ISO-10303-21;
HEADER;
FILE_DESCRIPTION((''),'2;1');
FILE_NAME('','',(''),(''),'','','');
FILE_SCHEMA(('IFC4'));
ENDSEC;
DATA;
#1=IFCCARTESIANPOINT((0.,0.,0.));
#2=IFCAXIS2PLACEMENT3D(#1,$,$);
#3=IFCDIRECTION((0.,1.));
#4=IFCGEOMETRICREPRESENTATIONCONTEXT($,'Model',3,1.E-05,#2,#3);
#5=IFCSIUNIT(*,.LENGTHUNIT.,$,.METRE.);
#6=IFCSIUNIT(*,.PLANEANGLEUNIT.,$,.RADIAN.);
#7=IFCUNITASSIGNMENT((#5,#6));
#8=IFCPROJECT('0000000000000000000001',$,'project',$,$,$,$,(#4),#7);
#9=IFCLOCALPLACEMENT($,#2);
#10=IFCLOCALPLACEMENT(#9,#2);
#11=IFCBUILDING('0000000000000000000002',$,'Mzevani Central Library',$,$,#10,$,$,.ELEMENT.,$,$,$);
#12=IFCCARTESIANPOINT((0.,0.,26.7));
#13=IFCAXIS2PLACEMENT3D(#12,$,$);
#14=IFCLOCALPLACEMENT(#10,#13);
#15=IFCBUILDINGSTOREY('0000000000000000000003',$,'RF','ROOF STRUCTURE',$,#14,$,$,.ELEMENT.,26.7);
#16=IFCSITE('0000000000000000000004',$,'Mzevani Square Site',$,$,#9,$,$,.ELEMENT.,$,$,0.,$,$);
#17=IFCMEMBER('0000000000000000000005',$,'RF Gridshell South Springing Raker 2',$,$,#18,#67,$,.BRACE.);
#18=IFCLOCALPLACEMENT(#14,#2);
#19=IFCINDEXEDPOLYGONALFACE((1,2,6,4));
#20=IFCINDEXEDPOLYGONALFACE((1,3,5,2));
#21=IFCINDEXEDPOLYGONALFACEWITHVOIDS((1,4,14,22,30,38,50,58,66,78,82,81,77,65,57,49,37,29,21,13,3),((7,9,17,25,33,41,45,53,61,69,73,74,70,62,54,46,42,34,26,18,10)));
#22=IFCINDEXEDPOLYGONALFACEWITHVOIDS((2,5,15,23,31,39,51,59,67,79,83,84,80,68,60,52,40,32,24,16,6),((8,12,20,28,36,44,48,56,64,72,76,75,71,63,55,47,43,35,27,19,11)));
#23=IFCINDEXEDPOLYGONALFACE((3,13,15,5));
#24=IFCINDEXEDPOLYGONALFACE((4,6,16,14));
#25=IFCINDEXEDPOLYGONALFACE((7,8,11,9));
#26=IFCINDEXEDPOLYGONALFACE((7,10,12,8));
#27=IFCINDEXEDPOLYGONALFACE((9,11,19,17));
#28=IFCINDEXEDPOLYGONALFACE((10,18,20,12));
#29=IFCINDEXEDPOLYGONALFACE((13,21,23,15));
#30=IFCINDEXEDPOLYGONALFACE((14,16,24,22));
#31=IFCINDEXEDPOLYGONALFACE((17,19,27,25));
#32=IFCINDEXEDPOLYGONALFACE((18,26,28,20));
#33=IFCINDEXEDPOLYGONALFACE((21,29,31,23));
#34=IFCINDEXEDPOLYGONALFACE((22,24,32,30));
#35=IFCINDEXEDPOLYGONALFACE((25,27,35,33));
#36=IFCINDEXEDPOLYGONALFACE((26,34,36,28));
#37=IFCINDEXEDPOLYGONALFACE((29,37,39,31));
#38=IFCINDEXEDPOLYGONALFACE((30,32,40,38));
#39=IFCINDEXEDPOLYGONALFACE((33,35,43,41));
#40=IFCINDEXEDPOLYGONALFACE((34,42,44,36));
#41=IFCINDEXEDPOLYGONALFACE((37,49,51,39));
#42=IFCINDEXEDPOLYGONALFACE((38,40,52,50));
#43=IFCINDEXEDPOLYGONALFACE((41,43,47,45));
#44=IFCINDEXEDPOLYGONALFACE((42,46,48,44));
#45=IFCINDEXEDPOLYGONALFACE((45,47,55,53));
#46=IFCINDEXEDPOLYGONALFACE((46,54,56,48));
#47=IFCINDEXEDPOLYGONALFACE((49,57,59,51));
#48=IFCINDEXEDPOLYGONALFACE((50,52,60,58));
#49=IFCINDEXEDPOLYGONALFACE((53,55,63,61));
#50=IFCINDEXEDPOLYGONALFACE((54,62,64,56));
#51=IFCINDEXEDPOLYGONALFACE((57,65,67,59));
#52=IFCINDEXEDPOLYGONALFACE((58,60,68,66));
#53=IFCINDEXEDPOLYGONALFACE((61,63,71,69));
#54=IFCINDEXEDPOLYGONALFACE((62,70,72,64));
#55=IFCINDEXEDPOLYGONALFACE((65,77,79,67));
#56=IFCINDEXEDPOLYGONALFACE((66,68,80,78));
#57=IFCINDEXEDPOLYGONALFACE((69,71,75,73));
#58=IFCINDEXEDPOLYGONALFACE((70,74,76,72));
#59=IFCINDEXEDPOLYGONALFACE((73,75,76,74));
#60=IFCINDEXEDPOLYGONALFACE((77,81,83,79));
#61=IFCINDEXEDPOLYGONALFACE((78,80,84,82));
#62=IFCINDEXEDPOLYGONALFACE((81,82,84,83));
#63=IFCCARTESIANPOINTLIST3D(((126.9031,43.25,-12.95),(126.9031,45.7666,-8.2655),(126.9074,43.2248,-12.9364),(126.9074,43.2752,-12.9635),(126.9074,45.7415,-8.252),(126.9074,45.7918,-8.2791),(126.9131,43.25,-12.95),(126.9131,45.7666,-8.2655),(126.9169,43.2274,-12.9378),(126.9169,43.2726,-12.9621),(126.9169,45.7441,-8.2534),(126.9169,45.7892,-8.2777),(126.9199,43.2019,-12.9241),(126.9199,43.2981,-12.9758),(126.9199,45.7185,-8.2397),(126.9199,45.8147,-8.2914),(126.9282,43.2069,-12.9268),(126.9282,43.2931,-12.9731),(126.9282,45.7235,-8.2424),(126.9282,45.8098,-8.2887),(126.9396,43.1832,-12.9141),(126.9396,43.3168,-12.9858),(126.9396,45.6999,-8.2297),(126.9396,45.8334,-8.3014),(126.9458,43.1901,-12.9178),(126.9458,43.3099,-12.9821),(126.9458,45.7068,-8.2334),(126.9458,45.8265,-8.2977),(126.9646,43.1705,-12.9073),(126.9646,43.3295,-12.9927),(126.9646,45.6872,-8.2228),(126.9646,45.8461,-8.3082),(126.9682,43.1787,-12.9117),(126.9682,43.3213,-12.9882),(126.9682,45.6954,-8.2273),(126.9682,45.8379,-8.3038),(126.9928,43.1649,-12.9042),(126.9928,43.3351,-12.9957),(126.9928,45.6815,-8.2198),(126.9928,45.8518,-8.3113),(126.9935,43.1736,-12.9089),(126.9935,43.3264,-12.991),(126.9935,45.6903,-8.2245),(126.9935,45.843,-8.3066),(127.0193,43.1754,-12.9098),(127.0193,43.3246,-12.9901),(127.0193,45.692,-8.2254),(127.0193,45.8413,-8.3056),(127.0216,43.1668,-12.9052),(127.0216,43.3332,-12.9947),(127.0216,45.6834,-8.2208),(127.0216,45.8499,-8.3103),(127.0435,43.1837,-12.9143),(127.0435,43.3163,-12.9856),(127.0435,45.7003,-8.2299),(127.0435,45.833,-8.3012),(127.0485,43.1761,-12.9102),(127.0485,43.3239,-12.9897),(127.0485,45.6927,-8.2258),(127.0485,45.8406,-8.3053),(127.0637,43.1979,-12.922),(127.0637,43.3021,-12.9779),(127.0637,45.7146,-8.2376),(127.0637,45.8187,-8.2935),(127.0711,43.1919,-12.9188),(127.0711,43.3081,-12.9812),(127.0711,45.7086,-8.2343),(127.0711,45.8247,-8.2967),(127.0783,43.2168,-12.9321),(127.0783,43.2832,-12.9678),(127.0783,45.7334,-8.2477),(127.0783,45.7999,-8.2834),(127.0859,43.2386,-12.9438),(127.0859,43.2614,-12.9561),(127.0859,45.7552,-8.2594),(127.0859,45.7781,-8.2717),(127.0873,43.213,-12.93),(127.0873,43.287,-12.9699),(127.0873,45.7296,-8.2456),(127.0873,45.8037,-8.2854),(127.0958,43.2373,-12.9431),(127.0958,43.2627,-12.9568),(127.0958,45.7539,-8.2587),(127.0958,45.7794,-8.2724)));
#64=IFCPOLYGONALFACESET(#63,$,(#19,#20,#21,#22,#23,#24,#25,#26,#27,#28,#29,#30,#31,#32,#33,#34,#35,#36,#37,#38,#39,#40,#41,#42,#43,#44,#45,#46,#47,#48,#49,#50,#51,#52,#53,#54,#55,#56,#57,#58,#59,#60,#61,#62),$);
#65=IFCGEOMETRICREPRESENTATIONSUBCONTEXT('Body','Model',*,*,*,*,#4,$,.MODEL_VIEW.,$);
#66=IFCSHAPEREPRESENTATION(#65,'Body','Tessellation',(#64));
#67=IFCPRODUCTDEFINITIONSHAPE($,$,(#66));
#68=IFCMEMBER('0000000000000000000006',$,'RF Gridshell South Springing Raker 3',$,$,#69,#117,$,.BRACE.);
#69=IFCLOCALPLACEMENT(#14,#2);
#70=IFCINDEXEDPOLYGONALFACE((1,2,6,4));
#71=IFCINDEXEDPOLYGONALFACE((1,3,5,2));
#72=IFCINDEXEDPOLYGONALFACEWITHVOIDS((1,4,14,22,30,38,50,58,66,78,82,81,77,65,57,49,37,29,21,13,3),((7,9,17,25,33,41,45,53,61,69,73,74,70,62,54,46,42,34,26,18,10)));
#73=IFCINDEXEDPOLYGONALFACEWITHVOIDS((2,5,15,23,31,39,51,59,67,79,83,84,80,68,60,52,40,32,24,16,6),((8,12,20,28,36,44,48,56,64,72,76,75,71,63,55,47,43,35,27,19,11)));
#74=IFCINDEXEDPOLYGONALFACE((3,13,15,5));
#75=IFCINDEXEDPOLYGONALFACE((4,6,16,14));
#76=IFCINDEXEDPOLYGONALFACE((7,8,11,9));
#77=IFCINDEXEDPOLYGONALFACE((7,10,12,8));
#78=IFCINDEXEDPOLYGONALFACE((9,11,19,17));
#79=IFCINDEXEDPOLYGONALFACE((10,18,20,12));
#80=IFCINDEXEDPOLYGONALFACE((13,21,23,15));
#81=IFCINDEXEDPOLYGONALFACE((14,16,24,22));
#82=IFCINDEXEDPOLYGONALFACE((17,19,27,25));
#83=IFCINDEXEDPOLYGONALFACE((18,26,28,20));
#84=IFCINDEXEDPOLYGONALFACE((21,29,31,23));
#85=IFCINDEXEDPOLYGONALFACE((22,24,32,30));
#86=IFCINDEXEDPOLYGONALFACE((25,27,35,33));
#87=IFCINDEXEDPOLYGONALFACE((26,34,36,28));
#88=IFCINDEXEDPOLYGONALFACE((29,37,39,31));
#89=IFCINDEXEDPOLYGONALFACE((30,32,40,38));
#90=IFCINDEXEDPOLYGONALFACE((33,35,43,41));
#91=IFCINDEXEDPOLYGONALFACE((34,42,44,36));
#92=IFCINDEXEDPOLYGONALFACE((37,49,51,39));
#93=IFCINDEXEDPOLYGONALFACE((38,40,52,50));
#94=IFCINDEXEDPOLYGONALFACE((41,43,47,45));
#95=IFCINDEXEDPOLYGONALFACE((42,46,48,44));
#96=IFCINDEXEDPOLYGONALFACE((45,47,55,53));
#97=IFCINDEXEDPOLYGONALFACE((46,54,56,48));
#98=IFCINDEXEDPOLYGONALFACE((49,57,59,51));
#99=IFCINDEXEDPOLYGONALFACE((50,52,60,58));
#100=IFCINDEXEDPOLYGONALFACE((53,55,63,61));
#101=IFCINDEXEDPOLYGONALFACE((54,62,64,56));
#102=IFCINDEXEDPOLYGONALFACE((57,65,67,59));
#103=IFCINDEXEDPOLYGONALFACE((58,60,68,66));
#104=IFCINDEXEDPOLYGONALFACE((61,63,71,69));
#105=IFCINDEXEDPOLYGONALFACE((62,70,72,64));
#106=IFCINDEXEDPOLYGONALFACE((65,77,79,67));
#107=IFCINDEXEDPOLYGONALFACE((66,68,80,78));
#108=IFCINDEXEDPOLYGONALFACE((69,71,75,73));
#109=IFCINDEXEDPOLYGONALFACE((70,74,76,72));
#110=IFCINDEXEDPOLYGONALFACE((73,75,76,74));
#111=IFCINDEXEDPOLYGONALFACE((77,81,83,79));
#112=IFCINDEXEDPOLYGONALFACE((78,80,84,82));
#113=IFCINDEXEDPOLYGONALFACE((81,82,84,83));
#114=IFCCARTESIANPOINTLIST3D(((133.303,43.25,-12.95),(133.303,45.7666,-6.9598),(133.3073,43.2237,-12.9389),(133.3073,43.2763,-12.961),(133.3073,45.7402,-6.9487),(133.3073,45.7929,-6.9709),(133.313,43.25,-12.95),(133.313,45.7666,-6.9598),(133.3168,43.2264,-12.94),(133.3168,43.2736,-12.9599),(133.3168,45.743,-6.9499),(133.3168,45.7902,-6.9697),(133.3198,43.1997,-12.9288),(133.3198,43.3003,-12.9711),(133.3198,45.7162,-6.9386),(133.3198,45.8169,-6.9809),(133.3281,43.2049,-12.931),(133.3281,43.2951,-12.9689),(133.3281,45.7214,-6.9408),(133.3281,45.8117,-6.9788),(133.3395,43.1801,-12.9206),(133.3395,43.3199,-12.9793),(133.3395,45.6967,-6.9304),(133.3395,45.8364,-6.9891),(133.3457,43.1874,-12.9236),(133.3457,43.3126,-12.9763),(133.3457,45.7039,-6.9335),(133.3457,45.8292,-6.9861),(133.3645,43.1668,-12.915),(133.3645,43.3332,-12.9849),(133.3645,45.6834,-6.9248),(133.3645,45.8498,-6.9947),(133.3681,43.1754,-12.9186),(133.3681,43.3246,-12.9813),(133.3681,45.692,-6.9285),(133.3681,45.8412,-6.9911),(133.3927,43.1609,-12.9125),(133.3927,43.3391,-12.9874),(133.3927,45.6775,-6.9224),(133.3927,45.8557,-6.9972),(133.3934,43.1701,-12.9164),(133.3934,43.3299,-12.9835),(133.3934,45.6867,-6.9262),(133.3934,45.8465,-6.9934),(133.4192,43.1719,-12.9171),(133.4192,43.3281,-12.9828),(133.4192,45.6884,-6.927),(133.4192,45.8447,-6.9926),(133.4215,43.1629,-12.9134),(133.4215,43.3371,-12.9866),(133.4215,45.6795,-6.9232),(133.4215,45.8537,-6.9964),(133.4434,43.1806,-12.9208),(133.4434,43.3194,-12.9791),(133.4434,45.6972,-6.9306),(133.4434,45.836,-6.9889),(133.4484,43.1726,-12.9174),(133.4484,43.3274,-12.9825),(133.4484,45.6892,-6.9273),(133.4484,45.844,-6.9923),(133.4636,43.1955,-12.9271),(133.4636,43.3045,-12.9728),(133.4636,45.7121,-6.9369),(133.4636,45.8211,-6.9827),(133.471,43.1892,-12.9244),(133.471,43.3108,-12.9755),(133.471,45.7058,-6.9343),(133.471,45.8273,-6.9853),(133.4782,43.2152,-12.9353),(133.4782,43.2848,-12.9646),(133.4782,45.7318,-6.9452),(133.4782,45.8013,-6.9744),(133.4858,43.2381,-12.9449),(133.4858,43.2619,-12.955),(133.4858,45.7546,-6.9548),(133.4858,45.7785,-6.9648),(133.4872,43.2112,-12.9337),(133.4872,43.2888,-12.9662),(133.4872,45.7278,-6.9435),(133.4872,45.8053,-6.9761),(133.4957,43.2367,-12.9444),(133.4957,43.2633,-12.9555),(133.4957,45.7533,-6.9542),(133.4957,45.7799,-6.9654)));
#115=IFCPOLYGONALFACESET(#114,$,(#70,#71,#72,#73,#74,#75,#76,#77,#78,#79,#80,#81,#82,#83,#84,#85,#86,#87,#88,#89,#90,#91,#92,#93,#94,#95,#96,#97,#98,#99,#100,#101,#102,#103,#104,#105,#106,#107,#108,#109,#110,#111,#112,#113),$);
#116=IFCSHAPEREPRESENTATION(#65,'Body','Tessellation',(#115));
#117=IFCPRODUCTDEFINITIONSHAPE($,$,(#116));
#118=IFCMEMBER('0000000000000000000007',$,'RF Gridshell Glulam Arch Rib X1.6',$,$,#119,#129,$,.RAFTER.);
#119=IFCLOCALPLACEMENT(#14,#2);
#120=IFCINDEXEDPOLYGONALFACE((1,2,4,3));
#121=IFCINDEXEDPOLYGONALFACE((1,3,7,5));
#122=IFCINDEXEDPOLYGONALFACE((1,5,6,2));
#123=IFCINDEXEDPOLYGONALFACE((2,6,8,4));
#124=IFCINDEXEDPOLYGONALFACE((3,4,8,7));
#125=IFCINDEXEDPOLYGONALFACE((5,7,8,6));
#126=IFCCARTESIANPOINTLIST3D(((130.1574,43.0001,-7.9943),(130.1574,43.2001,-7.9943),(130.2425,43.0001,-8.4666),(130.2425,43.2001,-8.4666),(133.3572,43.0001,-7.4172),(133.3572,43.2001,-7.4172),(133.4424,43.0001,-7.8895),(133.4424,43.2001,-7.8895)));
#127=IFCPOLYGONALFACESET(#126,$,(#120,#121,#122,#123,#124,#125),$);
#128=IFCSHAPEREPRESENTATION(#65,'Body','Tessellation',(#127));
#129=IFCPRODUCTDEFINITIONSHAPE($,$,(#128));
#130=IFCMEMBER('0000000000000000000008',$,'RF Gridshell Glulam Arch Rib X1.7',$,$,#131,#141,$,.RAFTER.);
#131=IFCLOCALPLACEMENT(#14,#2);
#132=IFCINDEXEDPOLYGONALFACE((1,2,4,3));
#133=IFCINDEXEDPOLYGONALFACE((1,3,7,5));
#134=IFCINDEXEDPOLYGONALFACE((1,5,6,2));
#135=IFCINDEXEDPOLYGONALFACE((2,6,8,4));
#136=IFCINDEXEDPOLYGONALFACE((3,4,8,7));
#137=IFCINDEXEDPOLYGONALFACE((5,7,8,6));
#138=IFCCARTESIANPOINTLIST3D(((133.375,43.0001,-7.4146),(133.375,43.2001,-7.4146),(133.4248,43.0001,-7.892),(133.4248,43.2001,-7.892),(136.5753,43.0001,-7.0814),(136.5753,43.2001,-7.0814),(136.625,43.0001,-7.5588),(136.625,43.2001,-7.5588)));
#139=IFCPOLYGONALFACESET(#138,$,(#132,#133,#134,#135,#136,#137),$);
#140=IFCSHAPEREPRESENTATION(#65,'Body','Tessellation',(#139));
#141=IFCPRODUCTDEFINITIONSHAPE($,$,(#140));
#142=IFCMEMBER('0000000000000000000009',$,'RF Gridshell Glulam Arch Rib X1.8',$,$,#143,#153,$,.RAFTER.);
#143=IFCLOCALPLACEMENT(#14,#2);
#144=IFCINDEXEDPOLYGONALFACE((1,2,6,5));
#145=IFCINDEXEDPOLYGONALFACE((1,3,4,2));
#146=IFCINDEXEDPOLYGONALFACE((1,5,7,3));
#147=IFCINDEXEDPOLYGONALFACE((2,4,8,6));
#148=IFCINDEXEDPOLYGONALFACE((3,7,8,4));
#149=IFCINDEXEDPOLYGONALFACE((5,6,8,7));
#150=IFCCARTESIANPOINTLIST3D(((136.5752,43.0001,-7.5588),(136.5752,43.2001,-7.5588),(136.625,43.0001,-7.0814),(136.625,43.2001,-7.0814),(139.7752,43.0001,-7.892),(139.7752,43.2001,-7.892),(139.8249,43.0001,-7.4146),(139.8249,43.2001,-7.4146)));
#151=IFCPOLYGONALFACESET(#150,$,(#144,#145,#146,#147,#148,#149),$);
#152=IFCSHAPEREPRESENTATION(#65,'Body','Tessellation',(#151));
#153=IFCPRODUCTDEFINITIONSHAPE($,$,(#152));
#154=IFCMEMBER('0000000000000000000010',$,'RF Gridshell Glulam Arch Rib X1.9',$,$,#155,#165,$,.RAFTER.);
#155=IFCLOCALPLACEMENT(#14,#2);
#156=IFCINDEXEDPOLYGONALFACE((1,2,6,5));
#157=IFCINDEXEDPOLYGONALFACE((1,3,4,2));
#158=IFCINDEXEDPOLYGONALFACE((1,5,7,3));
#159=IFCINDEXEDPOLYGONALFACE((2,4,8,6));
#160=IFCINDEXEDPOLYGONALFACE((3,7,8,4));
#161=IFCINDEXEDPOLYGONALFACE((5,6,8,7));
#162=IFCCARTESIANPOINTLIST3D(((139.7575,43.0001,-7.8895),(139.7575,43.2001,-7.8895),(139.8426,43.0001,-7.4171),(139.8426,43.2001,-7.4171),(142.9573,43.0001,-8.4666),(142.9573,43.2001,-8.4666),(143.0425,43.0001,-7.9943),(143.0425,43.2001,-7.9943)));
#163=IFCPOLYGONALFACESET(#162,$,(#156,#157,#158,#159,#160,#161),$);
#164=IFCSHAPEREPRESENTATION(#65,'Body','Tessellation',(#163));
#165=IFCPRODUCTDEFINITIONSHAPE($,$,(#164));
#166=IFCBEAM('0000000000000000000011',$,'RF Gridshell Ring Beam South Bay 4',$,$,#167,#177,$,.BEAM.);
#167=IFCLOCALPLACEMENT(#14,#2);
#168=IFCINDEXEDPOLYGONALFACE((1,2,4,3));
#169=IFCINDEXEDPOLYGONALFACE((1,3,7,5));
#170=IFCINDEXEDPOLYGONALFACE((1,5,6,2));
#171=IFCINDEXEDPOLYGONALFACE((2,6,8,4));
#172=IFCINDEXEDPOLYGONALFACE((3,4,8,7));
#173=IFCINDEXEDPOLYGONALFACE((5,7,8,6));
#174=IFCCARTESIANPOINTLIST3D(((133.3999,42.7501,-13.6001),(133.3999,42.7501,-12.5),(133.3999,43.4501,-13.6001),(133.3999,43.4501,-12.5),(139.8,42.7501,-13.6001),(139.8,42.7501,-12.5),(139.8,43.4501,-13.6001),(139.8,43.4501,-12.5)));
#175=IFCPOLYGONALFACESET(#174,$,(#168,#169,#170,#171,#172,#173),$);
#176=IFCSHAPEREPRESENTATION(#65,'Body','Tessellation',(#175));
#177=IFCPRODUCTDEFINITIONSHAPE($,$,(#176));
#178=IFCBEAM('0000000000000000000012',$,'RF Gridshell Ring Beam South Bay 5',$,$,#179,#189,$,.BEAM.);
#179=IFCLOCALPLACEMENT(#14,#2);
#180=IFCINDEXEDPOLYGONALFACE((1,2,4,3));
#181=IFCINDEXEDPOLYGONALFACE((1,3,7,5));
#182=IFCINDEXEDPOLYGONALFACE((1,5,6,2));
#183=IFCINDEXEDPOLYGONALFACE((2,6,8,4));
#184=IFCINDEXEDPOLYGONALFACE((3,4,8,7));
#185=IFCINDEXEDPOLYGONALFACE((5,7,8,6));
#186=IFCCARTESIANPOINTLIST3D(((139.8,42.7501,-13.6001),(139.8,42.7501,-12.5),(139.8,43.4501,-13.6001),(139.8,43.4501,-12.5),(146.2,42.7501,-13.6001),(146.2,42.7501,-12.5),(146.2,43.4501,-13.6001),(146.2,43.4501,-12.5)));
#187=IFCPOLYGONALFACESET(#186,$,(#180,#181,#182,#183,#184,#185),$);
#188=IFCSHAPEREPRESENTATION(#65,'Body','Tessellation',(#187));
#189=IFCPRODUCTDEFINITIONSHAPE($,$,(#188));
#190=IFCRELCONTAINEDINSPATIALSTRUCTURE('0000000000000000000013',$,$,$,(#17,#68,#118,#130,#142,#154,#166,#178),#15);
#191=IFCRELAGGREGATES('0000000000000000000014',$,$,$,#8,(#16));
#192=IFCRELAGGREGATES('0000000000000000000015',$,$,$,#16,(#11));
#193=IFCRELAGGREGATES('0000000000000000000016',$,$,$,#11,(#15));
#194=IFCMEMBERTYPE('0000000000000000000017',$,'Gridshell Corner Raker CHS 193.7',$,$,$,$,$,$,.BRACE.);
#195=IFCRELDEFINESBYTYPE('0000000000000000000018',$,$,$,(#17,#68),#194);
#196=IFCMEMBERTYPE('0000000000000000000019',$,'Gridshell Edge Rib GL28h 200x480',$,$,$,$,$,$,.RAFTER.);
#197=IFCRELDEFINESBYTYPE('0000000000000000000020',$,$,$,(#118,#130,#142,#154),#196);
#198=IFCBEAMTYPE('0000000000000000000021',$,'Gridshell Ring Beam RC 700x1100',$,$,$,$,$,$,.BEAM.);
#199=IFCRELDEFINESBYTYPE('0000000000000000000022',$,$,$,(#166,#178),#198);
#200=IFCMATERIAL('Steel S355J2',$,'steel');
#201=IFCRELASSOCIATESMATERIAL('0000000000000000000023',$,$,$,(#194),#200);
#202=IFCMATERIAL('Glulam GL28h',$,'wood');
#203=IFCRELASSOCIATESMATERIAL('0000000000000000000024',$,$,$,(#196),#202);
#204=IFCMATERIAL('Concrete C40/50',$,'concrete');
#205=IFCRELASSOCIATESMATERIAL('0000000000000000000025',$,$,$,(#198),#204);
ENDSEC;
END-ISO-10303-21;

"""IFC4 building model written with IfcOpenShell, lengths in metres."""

from ifc_helpers import new_model, si_unit, direction, frame, origin, origin_2d, place, context, subcontext, project, spatial, rectangle, hollow_circle, extrude, material, material_profile, profile_set, type_object, element, save


model = new_model("IFC4")

# Units and contexts
model_context = context("Model", 3, precision=1e-05, world=origin(), true_north=direction((0.0, 1.0)))
body_context = subcontext(model_context, "Body", "Model", "MODEL_VIEW")
ifc_project = project(units=[si_unit("LENGTHUNIT", "METRE"), si_unit("PLANEANGLEUNIT", "RADIAN")], contexts=[model_context])

# Site, building, storey
site_placement = place(None, origin())
site = spatial("IfcSite", under=ifc_project, at=site_placement, Name="Mzevani Square Site", CompositionType="ELEMENT", RefElevation=0.0)
building_placement = place(site_placement, origin())
building = spatial("IfcBuilding", under=site, at=building_placement, Name="Mzevani Central Library", CompositionType="ELEMENT")
storey_placement = place(building_placement, frame((0.0, 0.0, 26.7)))
storey = spatial("IfcBuildingStorey", under=building, at=storey_placement, Name="RF", Description="ROOF STRUCTURE", CompositionType="ELEMENT", Elevation=26.7)

# Members
ifc_material_1 = material(Name="Steel S355J2", Category="steel")
ifc_material_profile_1 = material_profile(ifc_material_1, hollow_circle(Radius=0.0969, WallThickness=0.01, at=origin_2d()), Name="CHS 193.7x10.0")
ifc_profile_set_1 = profile_set([ifc_material_profile_1], Name="Steel S355J2")
member_type_1 = type_object("IfcMemberType", Name="Gridshell Corner Raker CHS 193.7", PredefinedType="BRACE", material=ifc_profile_set_1)
member_1_placement = place(storey_placement, frame((127.0, 43.25, -12.95), z_axis=(0.0, 0.473265, 0.88092), x_axis=(-1.0, 0.0, 0.0)))
element("IfcMember", 1, at=member_1_placement, inside=storey, type_object=member_type_1, Name="RF Gridshell South Springing Raker 2", PredefinedType="BRACE", context=body_context, shape_type="SweptSolid", body=[
    extrude(hollow_circle(Radius=0.0969, WallThickness=0.01, at=origin_2d()), origin(), (0.0, 0.0, 1.0), 5.3176),
])
member_2_placement = place(storey_placement, frame((133.3999, 43.25, -12.95), z_axis=(0.0, 0.387324, 0.921943), x_axis=(-1.0, 0.0, 0.0)))
element("IfcMember", 2, at=member_2_placement, inside=storey, type_object=member_type_1, Name="RF Gridshell South Springing Raker 3", PredefinedType="BRACE", context=body_context, shape_type="SweptSolid", body=[
    extrude(hollow_circle(Radius=0.0969, WallThickness=0.01, at=origin_2d()), origin(), (0.0, 0.0, 1.0), 6.4973),
])
ifc_material_2 = material(Name="Glulam GL28h", Category="wood")
ifc_material_profile_2 = material_profile(ifc_material_2, rectangle(XDim=0.2, YDim=0.48, at=origin_2d()), Name="GL28h 200x480")
ifc_profile_set_2 = profile_set([ifc_material_profile_2], Name="Glulam GL28h")
member_type_2 = type_object("IfcMemberType", Name="Gridshell Edge Rib GL28h 200x480", PredefinedType="RAFTER", material=ifc_profile_set_2)
member_3_placement = place(storey_placement, frame((130.2, 43.1001, -8.2305), z_axis=(0.984121, 0.0, 0.177498), x_axis=(0.0, 1.0, 0.0)))
element("IfcMember", 3, at=member_3_placement, inside=storey, type_object=member_type_2, Name="RF Gridshell Glulam Arch Rib X1.6", PredefinedType="RAFTER", context=body_context, shape_type="SweptSolid", body=[
    extrude(rectangle(XDim=0.2, YDim=0.48, at=origin_2d()), origin(), (0.0, 0.0, 1.0), 3.2515),
])
member_4_placement = place(storey_placement, frame((133.3999, 43.1001, -7.6533), z_axis=(0.994622, 0.0, 0.103575), x_axis=(0.0, 1.0, 0.0)))
element("IfcMember", 4, at=member_4_placement, inside=storey, type_object=member_type_2, Name="RF Gridshell Glulam Arch Rib X1.7", PredefinedType="RAFTER", context=body_context, shape_type="SweptSolid", body=[
    extrude(rectangle(XDim=0.2, YDim=0.48, at=origin_2d()), origin(), (0.0, 0.0, 1.0), 3.2175),
])
member_5_placement = place(storey_placement, frame((136.6001, 43.1001, -7.3201), z_axis=(0.994621, 0.0, -0.103583), x_axis=(0.0, 1.0, 0.0)))
element("IfcMember", 5, at=member_5_placement, inside=storey, type_object=member_type_2, Name="RF Gridshell Glulam Arch Rib X1.8", PredefinedType="RAFTER", context=body_context, shape_type="SweptSolid", body=[
    extrude(rectangle(XDim=0.2, YDim=0.48, at=origin_2d()), origin(), (0.0, 0.0, 1.0), 3.2173),
])
member_6_placement = place(storey_placement, frame((139.8, 43.1001, -7.6533), z_axis=(0.984121, 0.0, -0.177498), x_axis=(0.0, 1.0, 0.0)))
element("IfcMember", 6, at=member_6_placement, inside=storey, type_object=member_type_2, Name="RF Gridshell Glulam Arch Rib X1.9", PredefinedType="RAFTER", context=body_context, shape_type="SweptSolid", body=[
    extrude(rectangle(XDim=0.2, YDim=0.48, at=origin_2d()), origin(), (0.0, 0.0, 1.0), 3.2515),
])

# Beams
ifc_material_3 = material(Name="Concrete C40/50", Category="concrete")
ifc_material_profile_3 = material_profile(ifc_material_3, rectangle(XDim=0.7, YDim=1.1001, at=origin_2d()), Name="RC RB700x1100")
ifc_profile_set_3 = profile_set([ifc_material_profile_3], Name="Concrete C40/50")
beam_type = type_object("IfcBeamType", Name="Gridshell Ring Beam RC 700x1100", PredefinedType="BEAM", material=ifc_profile_set_3)
beam_1_placement = place(storey_placement, frame((133.3999, 43.1001, -13.05), z_axis=(1.0, 0.0, 0.0), x_axis=(0.0, 1.0, 0.0)))
element("IfcBeam", 7, at=beam_1_placement, inside=storey, type_object=beam_type, Name="RF Gridshell Ring Beam South Bay 4", PredefinedType="BEAM", context=body_context, shape_type="SweptSolid", body=[
    extrude(rectangle(XDim=0.7, YDim=1.1001, at=origin_2d()), origin(), (0.0, 0.0, 1.0), 6.4001),
])
beam_2_placement = place(storey_placement, frame((139.8, 43.1001, -13.05), z_axis=(1.0, 0.0, 0.0), x_axis=(0.0, 1.0, 0.0)))
element("IfcBeam", 8, at=beam_2_placement, inside=storey, type_object=beam_type, Name="RF Gridshell Ring Beam South Bay 5", PredefinedType="BEAM", context=body_context, shape_type="SweptSolid", body=[
    extrude(rectangle(XDim=0.7, YDim=1.1001, at=origin_2d()), origin(), (0.0, 0.0, 1.0), 6.3999),
])

save(model, "model.ifc")
